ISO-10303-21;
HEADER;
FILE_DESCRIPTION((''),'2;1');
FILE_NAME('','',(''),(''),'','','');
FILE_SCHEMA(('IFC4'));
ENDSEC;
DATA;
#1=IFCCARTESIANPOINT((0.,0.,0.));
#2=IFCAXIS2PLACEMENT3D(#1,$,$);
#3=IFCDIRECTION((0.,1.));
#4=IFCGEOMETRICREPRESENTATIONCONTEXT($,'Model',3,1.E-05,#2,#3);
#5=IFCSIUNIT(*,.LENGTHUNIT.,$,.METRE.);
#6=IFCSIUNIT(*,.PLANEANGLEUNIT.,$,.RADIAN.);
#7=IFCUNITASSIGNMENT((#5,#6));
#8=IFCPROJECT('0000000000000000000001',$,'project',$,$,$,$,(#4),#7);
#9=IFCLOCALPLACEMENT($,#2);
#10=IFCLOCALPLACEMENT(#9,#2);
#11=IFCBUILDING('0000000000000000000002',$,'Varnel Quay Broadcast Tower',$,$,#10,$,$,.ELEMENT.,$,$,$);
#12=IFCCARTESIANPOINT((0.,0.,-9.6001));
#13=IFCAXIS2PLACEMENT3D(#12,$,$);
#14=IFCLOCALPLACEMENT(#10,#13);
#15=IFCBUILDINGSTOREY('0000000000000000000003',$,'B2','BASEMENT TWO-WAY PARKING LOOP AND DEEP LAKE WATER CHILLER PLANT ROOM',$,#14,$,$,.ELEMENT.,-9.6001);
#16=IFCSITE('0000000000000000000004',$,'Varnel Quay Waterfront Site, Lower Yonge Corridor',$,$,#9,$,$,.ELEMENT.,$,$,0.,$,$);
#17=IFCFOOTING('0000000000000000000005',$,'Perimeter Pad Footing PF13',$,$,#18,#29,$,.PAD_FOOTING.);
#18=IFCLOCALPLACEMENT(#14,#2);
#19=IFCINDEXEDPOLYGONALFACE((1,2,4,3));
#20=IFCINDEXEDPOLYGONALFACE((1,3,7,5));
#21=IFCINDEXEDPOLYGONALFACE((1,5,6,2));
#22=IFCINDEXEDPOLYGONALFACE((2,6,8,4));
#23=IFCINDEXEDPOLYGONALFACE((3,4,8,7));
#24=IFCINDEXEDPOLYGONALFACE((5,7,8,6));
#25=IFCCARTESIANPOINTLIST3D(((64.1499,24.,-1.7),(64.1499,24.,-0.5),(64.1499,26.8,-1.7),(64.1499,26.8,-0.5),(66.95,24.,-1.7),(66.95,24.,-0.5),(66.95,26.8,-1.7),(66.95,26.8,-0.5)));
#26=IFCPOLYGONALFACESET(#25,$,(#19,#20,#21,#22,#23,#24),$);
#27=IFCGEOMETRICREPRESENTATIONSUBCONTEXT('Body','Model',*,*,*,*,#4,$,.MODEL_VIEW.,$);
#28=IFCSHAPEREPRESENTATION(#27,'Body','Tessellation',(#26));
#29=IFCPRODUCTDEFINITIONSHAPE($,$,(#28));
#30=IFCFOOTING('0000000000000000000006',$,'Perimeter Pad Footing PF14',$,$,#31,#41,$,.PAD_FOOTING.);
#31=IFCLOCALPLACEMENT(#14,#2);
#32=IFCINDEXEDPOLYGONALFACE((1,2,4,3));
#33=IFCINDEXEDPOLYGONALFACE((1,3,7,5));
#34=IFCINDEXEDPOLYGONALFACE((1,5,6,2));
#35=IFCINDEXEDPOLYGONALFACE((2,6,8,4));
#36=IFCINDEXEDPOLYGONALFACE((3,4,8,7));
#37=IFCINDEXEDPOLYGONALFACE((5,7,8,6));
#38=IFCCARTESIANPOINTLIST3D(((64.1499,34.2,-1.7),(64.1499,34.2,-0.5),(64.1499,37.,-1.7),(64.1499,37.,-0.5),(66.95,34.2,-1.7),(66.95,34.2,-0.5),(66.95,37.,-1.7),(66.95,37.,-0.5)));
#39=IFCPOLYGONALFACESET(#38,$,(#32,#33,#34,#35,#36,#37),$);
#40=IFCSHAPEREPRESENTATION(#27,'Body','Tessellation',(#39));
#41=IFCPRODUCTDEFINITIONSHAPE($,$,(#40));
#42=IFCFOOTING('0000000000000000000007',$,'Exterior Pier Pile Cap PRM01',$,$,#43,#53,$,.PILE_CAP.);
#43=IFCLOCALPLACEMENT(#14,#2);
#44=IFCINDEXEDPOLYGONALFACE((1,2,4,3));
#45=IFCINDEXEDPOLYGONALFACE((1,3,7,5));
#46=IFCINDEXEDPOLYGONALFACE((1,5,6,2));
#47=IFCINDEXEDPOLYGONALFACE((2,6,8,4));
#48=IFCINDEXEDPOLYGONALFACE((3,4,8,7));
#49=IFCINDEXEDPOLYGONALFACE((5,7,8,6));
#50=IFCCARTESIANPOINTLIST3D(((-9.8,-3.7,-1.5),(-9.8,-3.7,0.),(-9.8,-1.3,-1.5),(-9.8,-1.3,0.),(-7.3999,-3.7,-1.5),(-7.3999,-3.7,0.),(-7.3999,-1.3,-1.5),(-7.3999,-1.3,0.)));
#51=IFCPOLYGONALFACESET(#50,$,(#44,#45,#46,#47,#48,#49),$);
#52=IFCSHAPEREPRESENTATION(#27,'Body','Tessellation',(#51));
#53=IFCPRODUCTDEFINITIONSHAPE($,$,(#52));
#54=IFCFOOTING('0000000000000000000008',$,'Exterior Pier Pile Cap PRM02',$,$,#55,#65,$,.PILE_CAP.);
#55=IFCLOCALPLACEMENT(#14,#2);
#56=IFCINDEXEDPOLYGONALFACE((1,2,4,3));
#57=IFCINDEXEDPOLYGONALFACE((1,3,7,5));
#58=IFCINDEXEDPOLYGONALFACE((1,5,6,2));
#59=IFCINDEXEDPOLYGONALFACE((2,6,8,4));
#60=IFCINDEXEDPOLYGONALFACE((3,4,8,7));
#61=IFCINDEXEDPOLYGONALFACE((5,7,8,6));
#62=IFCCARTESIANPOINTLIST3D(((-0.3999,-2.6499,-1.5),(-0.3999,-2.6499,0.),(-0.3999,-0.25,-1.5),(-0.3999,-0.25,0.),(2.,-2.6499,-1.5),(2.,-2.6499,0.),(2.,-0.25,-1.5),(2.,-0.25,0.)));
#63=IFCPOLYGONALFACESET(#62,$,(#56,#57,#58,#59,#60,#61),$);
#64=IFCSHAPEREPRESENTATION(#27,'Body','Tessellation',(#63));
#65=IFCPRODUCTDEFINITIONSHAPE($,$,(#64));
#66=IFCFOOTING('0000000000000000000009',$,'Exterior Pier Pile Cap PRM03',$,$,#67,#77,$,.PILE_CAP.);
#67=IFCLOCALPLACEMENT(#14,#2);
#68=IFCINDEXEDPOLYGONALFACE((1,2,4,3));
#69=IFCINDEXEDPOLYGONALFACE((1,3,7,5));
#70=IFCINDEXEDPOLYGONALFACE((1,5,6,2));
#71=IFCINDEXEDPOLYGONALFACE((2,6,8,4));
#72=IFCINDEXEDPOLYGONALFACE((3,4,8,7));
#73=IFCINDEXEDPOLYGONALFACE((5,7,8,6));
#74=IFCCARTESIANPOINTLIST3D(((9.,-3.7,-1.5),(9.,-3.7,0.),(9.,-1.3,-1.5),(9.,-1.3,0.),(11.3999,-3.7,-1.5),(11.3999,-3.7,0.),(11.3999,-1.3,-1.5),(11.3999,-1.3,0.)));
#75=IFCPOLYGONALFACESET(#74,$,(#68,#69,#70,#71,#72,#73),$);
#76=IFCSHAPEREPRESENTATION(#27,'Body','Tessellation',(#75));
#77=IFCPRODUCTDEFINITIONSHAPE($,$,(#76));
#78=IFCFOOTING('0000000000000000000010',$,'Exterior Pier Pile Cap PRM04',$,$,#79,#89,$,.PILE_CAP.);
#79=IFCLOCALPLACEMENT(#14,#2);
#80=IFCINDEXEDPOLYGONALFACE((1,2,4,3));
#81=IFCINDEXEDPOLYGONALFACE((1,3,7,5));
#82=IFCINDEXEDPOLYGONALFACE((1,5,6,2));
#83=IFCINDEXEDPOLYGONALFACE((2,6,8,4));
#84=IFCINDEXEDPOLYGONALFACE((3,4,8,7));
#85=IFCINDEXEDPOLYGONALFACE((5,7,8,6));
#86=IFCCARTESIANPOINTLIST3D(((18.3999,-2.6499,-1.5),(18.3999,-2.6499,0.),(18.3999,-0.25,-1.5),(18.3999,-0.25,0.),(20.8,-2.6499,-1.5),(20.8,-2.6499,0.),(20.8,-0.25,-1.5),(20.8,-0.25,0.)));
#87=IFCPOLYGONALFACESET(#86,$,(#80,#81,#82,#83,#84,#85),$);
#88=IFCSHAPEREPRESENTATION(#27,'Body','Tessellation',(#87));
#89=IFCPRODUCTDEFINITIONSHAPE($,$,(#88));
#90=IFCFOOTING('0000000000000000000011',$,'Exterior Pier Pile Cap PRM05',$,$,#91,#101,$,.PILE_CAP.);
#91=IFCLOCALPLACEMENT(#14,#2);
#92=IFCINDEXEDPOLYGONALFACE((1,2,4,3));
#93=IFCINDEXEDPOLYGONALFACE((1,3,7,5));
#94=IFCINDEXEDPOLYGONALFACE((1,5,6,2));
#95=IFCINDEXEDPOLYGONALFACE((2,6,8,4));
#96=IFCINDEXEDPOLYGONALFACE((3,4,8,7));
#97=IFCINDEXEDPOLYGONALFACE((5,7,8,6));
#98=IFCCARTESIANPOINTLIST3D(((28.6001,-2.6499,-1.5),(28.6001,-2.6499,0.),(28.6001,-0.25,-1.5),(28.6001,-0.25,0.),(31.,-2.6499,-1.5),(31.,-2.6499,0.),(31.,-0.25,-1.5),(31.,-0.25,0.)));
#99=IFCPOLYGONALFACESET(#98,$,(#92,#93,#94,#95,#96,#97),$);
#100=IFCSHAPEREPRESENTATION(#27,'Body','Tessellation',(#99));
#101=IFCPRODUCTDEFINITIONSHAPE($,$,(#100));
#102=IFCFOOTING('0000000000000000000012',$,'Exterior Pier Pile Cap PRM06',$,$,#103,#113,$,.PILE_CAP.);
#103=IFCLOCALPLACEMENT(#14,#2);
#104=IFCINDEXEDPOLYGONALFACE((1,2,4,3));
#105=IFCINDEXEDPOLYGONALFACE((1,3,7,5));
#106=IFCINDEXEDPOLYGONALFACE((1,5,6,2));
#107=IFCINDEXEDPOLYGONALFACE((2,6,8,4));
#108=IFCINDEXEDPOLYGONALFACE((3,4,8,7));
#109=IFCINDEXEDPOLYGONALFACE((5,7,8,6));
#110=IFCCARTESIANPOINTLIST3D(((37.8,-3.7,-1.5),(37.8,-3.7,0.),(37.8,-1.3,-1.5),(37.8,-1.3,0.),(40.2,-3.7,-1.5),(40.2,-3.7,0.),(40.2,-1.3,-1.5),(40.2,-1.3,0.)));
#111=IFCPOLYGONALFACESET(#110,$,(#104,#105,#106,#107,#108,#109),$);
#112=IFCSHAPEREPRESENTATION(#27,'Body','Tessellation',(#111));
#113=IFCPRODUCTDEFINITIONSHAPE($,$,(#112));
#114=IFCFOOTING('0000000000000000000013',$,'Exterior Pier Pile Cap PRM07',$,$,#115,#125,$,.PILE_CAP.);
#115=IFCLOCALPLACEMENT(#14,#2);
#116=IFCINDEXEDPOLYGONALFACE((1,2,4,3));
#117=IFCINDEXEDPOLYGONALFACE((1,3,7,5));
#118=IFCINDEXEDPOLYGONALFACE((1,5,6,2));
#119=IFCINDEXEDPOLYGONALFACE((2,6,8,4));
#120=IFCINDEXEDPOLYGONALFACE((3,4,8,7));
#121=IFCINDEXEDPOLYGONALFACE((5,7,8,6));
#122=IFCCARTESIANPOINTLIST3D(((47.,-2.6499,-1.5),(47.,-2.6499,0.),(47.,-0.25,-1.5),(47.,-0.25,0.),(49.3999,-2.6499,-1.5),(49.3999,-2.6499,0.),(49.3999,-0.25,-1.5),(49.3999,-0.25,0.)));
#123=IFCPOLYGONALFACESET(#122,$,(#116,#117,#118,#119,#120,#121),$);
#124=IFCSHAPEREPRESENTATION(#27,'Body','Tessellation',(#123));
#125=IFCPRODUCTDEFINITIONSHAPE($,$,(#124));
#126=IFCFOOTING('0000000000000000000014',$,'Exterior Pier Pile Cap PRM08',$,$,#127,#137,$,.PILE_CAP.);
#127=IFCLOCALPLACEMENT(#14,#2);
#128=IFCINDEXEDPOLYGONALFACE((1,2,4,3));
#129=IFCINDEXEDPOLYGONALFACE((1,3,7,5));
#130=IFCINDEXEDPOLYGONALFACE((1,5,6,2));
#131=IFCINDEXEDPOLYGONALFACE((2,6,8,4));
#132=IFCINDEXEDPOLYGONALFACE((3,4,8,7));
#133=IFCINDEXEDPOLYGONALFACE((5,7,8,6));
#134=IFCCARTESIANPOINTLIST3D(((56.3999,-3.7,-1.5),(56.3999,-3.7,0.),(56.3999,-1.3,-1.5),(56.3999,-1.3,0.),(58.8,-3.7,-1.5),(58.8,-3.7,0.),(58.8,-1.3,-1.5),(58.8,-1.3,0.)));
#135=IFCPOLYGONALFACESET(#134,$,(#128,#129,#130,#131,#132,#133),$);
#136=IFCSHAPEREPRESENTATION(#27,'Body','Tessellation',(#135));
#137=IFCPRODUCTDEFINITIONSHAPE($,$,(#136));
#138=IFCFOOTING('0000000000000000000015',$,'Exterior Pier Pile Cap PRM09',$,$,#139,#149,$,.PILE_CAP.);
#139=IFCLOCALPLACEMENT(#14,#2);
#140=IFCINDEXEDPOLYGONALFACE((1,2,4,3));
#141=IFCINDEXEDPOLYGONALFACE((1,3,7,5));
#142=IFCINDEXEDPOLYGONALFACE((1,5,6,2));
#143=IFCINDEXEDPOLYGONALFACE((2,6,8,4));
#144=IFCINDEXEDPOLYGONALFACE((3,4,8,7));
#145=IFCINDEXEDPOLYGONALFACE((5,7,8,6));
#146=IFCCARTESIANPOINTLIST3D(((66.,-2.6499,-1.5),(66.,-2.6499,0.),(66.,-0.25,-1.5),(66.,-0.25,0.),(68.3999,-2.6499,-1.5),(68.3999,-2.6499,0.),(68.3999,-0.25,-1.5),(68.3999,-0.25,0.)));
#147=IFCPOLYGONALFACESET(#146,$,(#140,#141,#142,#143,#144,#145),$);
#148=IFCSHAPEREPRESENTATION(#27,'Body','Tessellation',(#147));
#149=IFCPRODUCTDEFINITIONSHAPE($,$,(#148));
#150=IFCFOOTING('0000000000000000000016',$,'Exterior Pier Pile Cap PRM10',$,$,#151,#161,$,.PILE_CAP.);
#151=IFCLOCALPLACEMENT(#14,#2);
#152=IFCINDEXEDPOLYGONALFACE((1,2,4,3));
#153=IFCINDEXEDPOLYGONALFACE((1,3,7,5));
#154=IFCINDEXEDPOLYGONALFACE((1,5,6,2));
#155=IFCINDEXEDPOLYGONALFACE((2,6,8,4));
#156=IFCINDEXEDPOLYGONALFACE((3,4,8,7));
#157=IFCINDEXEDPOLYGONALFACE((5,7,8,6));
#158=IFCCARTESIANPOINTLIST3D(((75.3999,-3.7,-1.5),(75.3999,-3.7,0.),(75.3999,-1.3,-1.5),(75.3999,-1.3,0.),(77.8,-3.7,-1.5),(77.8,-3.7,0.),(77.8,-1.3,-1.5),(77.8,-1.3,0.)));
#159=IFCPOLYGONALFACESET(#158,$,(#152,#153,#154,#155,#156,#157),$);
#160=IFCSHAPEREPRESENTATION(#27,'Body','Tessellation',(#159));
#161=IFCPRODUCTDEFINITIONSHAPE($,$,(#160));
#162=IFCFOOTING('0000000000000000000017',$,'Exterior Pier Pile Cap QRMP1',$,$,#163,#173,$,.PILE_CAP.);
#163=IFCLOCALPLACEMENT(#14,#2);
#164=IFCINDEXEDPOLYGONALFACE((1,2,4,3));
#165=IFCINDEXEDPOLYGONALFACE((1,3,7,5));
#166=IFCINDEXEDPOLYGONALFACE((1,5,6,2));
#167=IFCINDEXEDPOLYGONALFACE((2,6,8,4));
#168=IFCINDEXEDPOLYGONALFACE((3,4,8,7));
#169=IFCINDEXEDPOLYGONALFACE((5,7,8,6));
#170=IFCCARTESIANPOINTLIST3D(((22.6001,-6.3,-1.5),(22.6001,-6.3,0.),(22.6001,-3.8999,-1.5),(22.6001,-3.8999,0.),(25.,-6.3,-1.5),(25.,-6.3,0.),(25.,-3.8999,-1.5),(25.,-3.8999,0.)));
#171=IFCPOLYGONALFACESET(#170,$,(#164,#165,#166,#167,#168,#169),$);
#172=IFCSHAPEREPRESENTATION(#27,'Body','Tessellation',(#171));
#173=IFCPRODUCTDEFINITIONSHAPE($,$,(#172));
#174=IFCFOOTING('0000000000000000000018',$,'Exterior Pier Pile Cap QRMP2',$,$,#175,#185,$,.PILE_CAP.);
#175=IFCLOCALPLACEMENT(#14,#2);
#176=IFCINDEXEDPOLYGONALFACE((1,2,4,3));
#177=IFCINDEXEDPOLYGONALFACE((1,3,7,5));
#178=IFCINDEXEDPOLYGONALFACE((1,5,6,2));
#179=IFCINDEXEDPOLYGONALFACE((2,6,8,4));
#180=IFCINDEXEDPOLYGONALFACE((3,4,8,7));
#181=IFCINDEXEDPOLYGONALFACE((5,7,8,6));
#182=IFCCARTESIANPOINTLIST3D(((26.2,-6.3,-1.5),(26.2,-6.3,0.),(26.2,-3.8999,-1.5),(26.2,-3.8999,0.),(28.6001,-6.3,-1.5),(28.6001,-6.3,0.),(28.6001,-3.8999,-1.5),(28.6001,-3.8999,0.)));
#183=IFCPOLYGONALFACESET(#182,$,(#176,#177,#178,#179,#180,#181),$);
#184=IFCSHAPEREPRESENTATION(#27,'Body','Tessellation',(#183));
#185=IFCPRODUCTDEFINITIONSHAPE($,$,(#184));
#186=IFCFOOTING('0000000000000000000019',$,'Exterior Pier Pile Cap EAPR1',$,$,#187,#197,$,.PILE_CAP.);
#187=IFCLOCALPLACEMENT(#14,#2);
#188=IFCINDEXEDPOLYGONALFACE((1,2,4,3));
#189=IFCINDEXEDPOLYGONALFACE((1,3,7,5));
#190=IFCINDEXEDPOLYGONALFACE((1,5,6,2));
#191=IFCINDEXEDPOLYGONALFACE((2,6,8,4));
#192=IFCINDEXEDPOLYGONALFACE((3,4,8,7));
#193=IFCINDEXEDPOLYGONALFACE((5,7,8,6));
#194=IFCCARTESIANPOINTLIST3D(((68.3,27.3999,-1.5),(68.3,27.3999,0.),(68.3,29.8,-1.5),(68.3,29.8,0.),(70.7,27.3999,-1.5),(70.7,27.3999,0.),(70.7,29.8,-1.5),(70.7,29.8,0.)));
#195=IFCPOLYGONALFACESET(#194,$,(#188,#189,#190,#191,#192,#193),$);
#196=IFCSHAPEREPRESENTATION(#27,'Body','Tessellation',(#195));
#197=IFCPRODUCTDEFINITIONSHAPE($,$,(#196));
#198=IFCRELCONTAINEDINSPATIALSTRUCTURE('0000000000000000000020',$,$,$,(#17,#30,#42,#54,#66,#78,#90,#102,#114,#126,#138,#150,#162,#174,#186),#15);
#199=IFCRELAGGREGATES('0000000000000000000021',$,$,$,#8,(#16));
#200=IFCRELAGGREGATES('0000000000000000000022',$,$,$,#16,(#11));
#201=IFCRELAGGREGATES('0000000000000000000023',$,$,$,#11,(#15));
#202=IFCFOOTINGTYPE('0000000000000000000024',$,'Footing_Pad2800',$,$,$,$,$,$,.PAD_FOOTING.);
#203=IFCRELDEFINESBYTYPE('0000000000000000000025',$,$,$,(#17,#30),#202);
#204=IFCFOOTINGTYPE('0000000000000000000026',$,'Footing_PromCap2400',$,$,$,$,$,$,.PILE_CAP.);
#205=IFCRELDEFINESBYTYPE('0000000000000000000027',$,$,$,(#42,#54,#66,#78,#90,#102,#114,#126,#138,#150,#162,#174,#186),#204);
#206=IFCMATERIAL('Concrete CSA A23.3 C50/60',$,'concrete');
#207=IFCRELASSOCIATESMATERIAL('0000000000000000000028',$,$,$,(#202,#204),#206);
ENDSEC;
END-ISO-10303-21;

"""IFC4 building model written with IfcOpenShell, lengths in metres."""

from ifc_helpers import new_model, si_unit, direction, frame, origin, place, context, subcontext, project, spatial, polyline, outline, extrude, material, type_object, element, save


model = new_model("IFC4")

# Units and contexts
model_context = context("Model", 3, precision=1e-05, world=origin(), true_north=direction((0.0, 1.0)))
body_context = subcontext(model_context, "Body", "Model", "MODEL_VIEW")
ifc_project = project(units=[si_unit("LENGTHUNIT", "METRE"), si_unit("PLANEANGLEUNIT", "RADIAN")], contexts=[model_context])

# Site, building, storey
site_placement = place(None, origin())
site = spatial("IfcSite", under=ifc_project, at=site_placement, Name="Varnel Quay Waterfront Site, Lower Yonge Corridor", CompositionType="ELEMENT", RefElevation=0.0)
building_placement = place(site_placement, origin())
building = spatial("IfcBuilding", under=site, at=building_placement, Name="Varnel Quay Broadcast Tower", CompositionType="ELEMENT")
storey_placement = place(building_placement, frame((0.0, 0.0, -9.6001)))
storey = spatial("IfcBuildingStorey", under=building, at=storey_placement, Name="B2", Description="BASEMENT TWO-WAY PARKING LOOP AND DEEP LAKE WATER CHILLER PLANT ROOM", CompositionType="ELEMENT", Elevation=-9.6001)

# Footings
ifc_material_1 = material(Name="Concrete CSA A23.3 C50/60", Category="concrete")
footing_type_1 = type_object("IfcFootingType", Name="Footing_Pad2800", PredefinedType="PAD_FOOTING", material=ifc_material_1)
footing_1_placement = place(storey_placement, frame((0.0, 0.0, -1.7)))
element("IfcFooting", 1, at=footing_1_placement, inside=storey, type_object=footing_type_1, Name="Perimeter Pad Footing PF13", PredefinedType="PAD_FOOTING", context=body_context, shape_type="SweptSolid", body=[
    extrude(outline(polyline([(64.1499, 24.0), (66.95, 24.0), (66.95, 26.8), (64.1499, 26.8), (64.1499, 24.0)])), origin(), (0.0, 0.0, 1.0), 1.2),
])
footing_2_placement = place(storey_placement, frame((0.0, 0.0, -1.7)))
element("IfcFooting", 2, at=footing_2_placement, inside=storey, type_object=footing_type_1, Name="Perimeter Pad Footing PF14", PredefinedType="PAD_FOOTING", context=body_context, shape_type="SweptSolid", body=[
    extrude(outline(polyline([(64.1499, 34.2), (66.95, 34.2), (66.95, 37.0), (64.1499, 37.0), (64.1499, 34.2)])), origin(), (0.0, 0.0, 1.0), 1.2),
])
footing_type_2 = type_object("IfcFootingType", Name="Footing_PromCap2400", PredefinedType="PILE_CAP", material=ifc_material_1)
footing_3_placement = place(storey_placement, frame((0.0, 0.0, -1.5)))
element("IfcFooting", 3, at=footing_3_placement, inside=storey, type_object=footing_type_2, Name="Exterior Pier Pile Cap PRM01", PredefinedType="PILE_CAP", context=body_context, shape_type="SweptSolid", body=[
    extrude(outline(polyline([(-9.8, -3.7), (-7.3999, -3.7), (-7.3999, -1.3), (-9.8, -1.3), (-9.8, -3.7)])), origin(), (0.0, 0.0, 1.0), 1.5),
])
footing_4_placement = place(storey_placement, frame((0.0, 0.0, -1.5)))
element("IfcFooting", 4, at=footing_4_placement, inside=storey, type_object=footing_type_2, Name="Exterior Pier Pile Cap PRM02", PredefinedType="PILE_CAP", context=body_context, shape_type="SweptSolid", body=[
    extrude(outline(polyline([(-0.3999, -2.6499), (2.0, -2.6499), (2.0, -0.25), (-0.3999, -0.25), (-0.3999, -2.6499)])), origin(), (0.0, 0.0, 1.0), 1.5),
])
footing_5_placement = place(storey_placement, frame((0.0, 0.0, -1.5)))
element("IfcFooting", 5, at=footing_5_placement, inside=storey, type_object=footing_type_2, Name="Exterior Pier Pile Cap PRM03", PredefinedType="PILE_CAP", context=body_context, shape_type="SweptSolid", body=[
    extrude(outline(polyline([(9.0, -3.7), (11.3999, -3.7), (11.3999, -1.3), (9.0, -1.3), (9.0, -3.7)])), origin(), (0.0, 0.0, 1.0), 1.5),
])
footing_6_placement = place(storey_placement, frame((0.0, 0.0, -1.5)))
element("IfcFooting", 6, at=footing_6_placement, inside=storey, type_object=footing_type_2, Name="Exterior Pier Pile Cap PRM04", PredefinedType="PILE_CAP", context=body_context, shape_type="SweptSolid", body=[
    extrude(outline(polyline([(18.3999, -2.6499), (20.8, -2.6499), (20.8, -0.25), (18.3999, -0.25), (18.3999, -2.6499)])), origin(), (0.0, 0.0, 1.0), 1.5),
])
footing_7_placement = place(storey_placement, frame((0.0, 0.0, -1.5)))
element("IfcFooting", 7, at=footing_7_placement, inside=storey, type_object=footing_type_2, Name="Exterior Pier Pile Cap PRM05", PredefinedType="PILE_CAP", context=body_context, shape_type="SweptSolid", body=[
    extrude(outline(polyline([(28.6001, -2.6499), (31.0, -2.6499), (31.0, -0.25), (28.6001, -0.25), (28.6001, -2.6499)])), origin(), (0.0, 0.0, 1.0), 1.5),
])
footing_8_placement = place(storey_placement, frame((0.0, 0.0, -1.5)))
element("IfcFooting", 8, at=footing_8_placement, inside=storey, type_object=footing_type_2, Name="Exterior Pier Pile Cap PRM06", PredefinedType="PILE_CAP", context=body_context, shape_type="SweptSolid", body=[
    extrude(outline(polyline([(37.8, -3.7), (40.2, -3.7), (40.2, -1.3), (37.8, -1.3), (37.8, -3.7)])), origin(), (0.0, 0.0, 1.0), 1.5),
])
footing_9_placement = place(storey_placement, frame((0.0, 0.0, -1.5)))
element("IfcFooting", 9, at=footing_9_placement, inside=storey, type_object=footing_type_2, Name="Exterior Pier Pile Cap PRM07", PredefinedType="PILE_CAP", context=body_context, shape_type="SweptSolid", body=[
    extrude(outline(polyline([(47.0, -2.6499), (49.3999, -2.6499), (49.3999, -0.25), (47.0, -0.25), (47.0, -2.6499)])), origin(), (0.0, 0.0, 1.0), 1.5),
])
footing_10_placement = place(storey_placement, frame((0.0, 0.0, -1.5)))
element("IfcFooting", 10, at=footing_10_placement, inside=storey, type_object=footing_type_2, Name="Exterior Pier Pile Cap PRM08", PredefinedType="PILE_CAP", context=body_context, shape_type="SweptSolid", body=[
    extrude(outline(polyline([(56.3999, -3.7), (58.8, -3.7), (58.8, -1.3), (56.3999, -1.3), (56.3999, -3.7)])), origin(), (0.0, 0.0, 1.0), 1.5),
])
footing_11_placement = place(storey_placement, frame((0.0, 0.0, -1.5)))
element("IfcFooting", 11, at=footing_11_placement, inside=storey, type_object=footing_type_2, Name="Exterior Pier Pile Cap PRM09", PredefinedType="PILE_CAP", context=body_context, shape_type="SweptSolid", body=[
    extrude(outline(polyline([(66.0, -2.6499), (68.3999, -2.6499), (68.3999, -0.25), (66.0, -0.25), (66.0, -2.6499)])), origin(), (0.0, 0.0, 1.0), 1.5),
])
footing_12_placement = place(storey_placement, frame((0.0, 0.0, -1.5)))
element("IfcFooting", 12, at=footing_12_placement, inside=storey, type_object=footing_type_2, Name="Exterior Pier Pile Cap PRM10", PredefinedType="PILE_CAP", context=body_context, shape_type="SweptSolid", body=[
    extrude(outline(polyline([(75.3999, -3.7), (77.8, -3.7), (77.8, -1.3), (75.3999, -1.3), (75.3999, -3.7)])), origin(), (0.0, 0.0, 1.0), 1.5),
])
footing_13_placement = place(storey_placement, frame((0.0, 0.0, -1.5)))
element("IfcFooting", 13, at=footing_13_placement, inside=storey, type_object=footing_type_2, Name="Exterior Pier Pile Cap QRMP1", PredefinedType="PILE_CAP", context=body_context, shape_type="SweptSolid", body=[
    extrude(outline(polyline([(22.6001, -6.3), (25.0, -6.3), (25.0, -3.8999), (22.6001, -3.8999), (22.6001, -6.3)])), origin(), (0.0, 0.0, 1.0), 1.5),
])
footing_14_placement = place(storey_placement, frame((0.0, 0.0, -1.5)))
element("IfcFooting", 14, at=footing_14_placement, inside=storey, type_object=footing_type_2, Name="Exterior Pier Pile Cap QRMP2", PredefinedType="PILE_CAP", context=body_context, shape_type="SweptSolid", body=[
    extrude(outline(polyline([(26.2, -6.3), (28.6001, -6.3), (28.6001, -3.8999), (26.2, -3.8999), (26.2, -6.3)])), origin(), (0.0, 0.0, 1.0), 1.5),
])
footing_15_placement = place(storey_placement, frame((0.0, 0.0, -1.5)))
element("IfcFooting", 15, at=footing_15_placement, inside=storey, type_object=footing_type_2, Name="Exterior Pier Pile Cap EAPR1", PredefinedType="PILE_CAP", context=body_context, shape_type="SweptSolid", body=[
    extrude(outline(polyline([(68.3, 27.3999), (70.7, 27.3999), (70.7, 29.8), (68.3, 29.8), (68.3, 27.3999)])), origin(), (0.0, 0.0, 1.0), 1.5),
])

save(model, "model.ifc")
